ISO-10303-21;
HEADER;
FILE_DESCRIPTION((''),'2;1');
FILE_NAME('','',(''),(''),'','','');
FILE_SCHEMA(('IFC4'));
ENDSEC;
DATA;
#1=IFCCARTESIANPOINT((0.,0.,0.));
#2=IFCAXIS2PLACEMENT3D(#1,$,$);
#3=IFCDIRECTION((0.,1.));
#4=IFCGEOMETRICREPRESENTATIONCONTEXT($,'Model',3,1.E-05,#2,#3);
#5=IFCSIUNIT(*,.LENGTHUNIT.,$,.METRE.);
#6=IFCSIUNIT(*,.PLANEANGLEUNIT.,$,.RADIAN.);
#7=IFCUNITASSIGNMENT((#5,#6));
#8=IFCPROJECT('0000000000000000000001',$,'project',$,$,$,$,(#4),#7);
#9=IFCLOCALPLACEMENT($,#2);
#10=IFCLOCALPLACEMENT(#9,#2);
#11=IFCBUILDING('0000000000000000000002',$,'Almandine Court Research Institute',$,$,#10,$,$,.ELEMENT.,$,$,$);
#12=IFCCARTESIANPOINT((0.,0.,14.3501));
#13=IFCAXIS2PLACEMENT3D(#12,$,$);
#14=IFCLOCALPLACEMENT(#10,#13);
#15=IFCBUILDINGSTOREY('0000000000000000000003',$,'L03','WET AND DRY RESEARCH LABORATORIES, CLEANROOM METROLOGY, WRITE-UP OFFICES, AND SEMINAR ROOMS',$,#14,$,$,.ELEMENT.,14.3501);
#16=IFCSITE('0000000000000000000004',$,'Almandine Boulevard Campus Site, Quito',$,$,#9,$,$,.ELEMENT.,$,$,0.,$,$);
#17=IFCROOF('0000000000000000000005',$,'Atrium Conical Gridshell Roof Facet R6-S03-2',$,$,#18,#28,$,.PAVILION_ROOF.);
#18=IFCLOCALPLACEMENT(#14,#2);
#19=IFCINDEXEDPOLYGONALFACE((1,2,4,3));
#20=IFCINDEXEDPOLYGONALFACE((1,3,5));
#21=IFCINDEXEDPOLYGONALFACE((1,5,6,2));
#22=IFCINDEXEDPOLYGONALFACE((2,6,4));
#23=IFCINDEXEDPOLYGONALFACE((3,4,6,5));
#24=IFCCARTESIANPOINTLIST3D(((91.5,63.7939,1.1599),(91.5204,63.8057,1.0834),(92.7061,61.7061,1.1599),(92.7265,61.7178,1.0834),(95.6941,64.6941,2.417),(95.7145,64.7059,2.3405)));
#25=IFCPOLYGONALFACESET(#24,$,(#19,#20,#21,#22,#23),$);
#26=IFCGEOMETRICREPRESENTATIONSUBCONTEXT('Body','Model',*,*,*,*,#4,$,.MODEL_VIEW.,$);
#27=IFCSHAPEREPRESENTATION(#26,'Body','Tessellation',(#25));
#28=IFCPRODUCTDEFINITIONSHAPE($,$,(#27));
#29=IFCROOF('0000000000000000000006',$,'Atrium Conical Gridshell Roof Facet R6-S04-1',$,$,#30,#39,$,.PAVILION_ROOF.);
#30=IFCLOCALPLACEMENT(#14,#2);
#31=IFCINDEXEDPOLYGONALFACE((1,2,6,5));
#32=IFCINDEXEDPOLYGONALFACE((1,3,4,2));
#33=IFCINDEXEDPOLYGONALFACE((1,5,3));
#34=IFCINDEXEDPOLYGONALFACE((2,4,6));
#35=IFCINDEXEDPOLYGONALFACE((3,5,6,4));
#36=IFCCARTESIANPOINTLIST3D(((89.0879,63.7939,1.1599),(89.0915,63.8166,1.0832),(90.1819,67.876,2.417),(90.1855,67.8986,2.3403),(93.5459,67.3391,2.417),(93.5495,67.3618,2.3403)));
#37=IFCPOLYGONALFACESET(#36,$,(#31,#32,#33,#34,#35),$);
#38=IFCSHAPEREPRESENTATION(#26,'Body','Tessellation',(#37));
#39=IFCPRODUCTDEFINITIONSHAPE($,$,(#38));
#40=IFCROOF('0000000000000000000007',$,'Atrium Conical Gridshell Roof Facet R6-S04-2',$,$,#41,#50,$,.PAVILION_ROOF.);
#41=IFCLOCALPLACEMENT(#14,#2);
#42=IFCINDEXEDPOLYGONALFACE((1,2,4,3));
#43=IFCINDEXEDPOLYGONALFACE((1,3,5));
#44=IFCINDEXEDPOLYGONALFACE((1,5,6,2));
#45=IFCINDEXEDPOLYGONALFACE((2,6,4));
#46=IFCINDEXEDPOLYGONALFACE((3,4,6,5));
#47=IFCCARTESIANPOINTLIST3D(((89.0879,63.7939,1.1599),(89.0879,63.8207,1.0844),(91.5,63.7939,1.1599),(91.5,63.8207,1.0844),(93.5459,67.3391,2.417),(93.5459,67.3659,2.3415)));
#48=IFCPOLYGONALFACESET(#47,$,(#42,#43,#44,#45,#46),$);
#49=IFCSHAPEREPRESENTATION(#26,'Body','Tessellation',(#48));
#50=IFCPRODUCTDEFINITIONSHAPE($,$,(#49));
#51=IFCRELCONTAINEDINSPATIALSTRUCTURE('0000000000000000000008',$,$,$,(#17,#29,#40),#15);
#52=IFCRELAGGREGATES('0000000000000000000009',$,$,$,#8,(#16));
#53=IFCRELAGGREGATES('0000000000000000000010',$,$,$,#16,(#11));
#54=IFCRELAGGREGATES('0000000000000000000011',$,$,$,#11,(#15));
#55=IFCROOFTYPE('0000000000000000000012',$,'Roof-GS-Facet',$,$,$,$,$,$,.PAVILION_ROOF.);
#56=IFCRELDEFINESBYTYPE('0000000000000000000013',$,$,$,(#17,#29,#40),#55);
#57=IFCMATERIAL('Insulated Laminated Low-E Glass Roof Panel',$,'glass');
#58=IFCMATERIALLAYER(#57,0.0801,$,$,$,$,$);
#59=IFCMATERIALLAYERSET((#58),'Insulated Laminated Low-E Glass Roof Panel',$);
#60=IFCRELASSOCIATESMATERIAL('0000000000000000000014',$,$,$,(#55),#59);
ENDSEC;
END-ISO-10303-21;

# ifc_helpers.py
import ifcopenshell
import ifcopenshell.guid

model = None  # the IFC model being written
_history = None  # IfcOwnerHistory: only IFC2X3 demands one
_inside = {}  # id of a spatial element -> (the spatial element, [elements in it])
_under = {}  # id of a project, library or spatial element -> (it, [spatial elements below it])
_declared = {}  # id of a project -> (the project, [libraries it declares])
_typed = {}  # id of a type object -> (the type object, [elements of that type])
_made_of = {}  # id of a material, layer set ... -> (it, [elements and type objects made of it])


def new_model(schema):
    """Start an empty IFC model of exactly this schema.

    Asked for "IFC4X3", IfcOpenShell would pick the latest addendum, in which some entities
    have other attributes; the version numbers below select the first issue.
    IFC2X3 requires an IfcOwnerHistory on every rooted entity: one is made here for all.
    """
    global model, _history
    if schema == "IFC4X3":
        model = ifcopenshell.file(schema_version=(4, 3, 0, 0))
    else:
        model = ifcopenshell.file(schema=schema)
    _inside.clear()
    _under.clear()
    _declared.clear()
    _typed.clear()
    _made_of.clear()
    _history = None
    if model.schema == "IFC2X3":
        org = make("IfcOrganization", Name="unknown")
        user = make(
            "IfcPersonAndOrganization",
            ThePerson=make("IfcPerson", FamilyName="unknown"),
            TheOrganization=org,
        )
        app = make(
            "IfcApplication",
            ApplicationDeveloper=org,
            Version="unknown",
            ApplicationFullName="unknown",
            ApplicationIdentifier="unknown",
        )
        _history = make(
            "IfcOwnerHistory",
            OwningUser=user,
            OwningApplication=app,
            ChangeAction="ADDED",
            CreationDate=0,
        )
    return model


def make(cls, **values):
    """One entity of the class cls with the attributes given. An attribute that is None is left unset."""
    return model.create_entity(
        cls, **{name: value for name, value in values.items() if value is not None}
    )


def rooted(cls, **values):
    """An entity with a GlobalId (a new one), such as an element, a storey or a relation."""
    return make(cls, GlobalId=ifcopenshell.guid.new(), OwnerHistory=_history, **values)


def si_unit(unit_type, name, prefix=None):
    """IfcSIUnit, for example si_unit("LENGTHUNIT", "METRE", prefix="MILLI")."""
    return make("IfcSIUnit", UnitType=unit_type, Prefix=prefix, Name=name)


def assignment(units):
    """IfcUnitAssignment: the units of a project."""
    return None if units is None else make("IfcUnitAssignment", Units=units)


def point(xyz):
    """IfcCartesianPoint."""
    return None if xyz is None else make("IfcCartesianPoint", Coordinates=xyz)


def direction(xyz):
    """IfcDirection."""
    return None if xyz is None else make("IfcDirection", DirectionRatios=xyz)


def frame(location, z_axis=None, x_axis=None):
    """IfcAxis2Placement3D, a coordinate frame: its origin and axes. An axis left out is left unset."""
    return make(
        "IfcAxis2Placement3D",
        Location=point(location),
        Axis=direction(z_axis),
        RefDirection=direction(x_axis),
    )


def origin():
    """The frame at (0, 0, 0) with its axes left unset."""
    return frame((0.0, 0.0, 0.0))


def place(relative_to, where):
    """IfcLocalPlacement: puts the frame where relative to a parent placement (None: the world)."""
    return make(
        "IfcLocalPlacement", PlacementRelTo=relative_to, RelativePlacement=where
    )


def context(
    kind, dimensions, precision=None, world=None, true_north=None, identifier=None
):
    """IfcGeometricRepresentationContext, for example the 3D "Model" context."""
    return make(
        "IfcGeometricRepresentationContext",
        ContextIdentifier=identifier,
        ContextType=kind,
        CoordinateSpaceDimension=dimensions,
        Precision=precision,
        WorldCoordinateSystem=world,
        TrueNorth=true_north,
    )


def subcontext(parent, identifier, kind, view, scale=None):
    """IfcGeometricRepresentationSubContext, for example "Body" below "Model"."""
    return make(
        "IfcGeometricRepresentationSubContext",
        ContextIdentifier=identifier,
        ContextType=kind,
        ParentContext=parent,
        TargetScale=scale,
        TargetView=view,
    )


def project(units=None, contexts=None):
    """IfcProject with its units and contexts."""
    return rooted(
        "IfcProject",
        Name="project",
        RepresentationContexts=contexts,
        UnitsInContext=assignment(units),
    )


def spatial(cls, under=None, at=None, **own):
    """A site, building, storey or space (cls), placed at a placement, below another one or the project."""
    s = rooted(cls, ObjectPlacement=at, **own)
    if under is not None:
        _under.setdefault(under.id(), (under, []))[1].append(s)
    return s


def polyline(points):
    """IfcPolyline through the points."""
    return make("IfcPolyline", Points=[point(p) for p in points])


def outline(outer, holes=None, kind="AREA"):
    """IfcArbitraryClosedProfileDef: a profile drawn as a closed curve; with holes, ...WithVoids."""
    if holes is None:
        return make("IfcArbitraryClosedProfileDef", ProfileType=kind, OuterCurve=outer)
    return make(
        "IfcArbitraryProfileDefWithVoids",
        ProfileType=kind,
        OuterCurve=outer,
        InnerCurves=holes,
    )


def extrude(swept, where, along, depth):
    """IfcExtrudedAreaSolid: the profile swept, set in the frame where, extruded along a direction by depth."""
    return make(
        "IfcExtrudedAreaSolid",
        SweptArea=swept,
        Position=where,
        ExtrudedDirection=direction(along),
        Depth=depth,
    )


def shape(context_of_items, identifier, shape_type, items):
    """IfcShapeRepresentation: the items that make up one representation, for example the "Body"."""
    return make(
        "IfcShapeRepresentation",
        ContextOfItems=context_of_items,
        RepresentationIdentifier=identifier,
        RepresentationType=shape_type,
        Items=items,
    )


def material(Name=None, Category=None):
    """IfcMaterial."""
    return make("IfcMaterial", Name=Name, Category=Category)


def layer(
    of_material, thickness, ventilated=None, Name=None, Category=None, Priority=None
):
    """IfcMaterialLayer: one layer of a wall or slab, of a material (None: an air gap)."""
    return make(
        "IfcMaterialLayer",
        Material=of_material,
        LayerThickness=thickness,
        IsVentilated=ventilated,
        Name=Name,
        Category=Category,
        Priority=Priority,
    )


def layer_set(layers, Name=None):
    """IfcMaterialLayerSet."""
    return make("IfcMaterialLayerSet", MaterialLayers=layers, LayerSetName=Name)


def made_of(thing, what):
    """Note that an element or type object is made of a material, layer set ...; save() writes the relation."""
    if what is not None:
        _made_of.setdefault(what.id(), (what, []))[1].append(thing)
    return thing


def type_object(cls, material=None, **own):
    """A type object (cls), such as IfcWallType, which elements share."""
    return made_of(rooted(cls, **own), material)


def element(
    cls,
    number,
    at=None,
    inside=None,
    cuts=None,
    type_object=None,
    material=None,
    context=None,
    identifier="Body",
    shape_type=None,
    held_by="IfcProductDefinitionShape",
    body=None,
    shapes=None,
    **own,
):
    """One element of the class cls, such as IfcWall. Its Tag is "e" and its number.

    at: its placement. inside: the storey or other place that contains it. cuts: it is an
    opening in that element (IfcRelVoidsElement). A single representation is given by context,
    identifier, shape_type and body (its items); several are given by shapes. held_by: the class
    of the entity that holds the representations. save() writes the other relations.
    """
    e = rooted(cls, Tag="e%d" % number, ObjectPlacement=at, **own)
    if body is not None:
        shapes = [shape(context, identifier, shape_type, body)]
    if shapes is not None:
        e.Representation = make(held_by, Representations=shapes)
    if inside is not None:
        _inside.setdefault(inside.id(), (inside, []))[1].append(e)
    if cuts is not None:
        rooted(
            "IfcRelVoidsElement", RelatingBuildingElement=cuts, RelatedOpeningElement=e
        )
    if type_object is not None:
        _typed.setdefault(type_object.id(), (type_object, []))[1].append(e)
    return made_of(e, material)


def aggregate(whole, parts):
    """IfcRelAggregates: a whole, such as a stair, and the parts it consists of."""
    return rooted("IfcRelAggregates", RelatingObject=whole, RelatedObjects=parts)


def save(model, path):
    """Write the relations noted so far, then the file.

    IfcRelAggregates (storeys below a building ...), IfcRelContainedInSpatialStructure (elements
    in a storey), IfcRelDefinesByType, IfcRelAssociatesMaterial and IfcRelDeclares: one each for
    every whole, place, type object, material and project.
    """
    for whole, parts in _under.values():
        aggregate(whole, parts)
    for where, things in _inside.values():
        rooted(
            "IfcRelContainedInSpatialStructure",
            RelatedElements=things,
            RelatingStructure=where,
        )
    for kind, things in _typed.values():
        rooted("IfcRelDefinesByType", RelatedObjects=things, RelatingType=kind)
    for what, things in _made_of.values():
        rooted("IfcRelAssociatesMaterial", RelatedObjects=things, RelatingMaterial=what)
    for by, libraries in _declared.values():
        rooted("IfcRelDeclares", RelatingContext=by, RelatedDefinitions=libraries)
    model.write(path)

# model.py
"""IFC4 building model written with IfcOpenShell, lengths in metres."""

from ifc_helpers import new_model, si_unit, direction, frame, origin, place, context, subcontext, project, spatial, polyline, outline, extrude, material, layer, layer_set, type_object, element, save


model = new_model("IFC4")

# Units and contexts
model_context = context("Model", 3, precision=1e-05, world=origin(), true_north=direction((0.0, 1.0)))
body_context = subcontext(model_context, "Body", "Model", "MODEL_VIEW")
ifc_project = project(units=[si_unit("LENGTHUNIT", "METRE"), si_unit("PLANEANGLEUNIT", "RADIAN")], contexts=[model_context])

# Site, building, storey
site_placement = place(None, origin())
site = spatial("IfcSite", under=ifc_project, at=site_placement, Name="Almandine Boulevard Campus Site, Quito", CompositionType="ELEMENT", RefElevation=0.0)
building_placement = place(site_placement, origin())
building = spatial("IfcBuilding", under=site, at=building_placement, Name="Almandine Court Research Institute", CompositionType="ELEMENT")
storey_placement = place(building_placement, frame((0.0, 0.0, 14.3501)))
storey = spatial("IfcBuildingStorey", under=building, at=storey_placement, Name="L03", Description="WET AND DRY RESEARCH LABORATORIES, CLEANROOM METROLOGY, WRITE-UP OFFICES, AND SEMINAR ROOMS", CompositionType="ELEMENT", Elevation=14.3501)

# Roofs
ifc_material_1 = material(Name="Insulated Laminated Low-E Glass Roof Panel", Category="glass")
ifc_layer_1 = layer(ifc_material_1, 0.0801)
ifc_layer_set_1 = layer_set([ifc_layer_1], Name="Insulated Laminated Low-E Glass Roof Panel")
roof_type = type_object("IfcRoofType", Name="Roof-GS-Facet", PredefinedType="PAVILION_ROOF", material=ifc_layer_set_1)
roof_1_placement = place(storey_placement, frame((95.6941, 64.6941, 2.417), z_axis=(-0.254855, -0.147215, 0.955707), x_axis=(-0.938275, -0.201375, -0.281226)))
element("IfcRoof", 1, at=roof_1_placement, inside=storey, type_object=roof_type, Name="Atrium Conical Gridshell Roof Facet R6-S03-2", PredefinedType="PAVILION_ROOF", context=body_context, shape_type="SweptSolid", body=[
    extrude(outline(polyline([(0.0, 0.0), (4.47, 0.0), (3.7588, 2.3039), (0.0, 0.0)])), origin(), (0.0, 0.0, -1.0), 0.0801),
])
roof_2_placement = place(storey_placement, frame((93.5459, 67.3391, 2.417), z_axis=(-0.045155, -0.282942, 0.958074), x_axis=(-0.987504, 0.157596, 0.0)))
element("IfcRoof", 2, at=roof_2_placement, inside=storey, type_object=roof_type, Name="Atrium Conical Gridshell Roof Facet R6-S04-1", PredefinedType="PAVILION_ROOF", context=body_context, shape_type="SweptSolid", body=[
    extrude(outline(polyline([(0.0, 0.0), (3.4066, 0.0), (3.8436, 4.3874), (0.0, 0.0)])), origin(), (0.0, 0.0, -1.0), 0.0801),
])
roof_3_placement = place(storey_placement, frame((93.5459, 67.3391, 2.417), z_axis=(0.0, -0.334202, 0.942502), x_axis=(-0.764292, -0.607792, -0.215517)))
element("IfcRoof", 3, at=roof_3_placement, inside=storey, type_object=roof_type, Name="Atrium Conical Gridshell Roof Facet R6-S04-2", PredefinedType="PAVILION_ROOF", context=body_context, shape_type="SweptSolid", body=[
    extrude(outline(polyline([(0.0, 0.0), (5.8329, 0.0), (3.9893, 1.5555), (0.0, 0.0)])), origin(), (0.0, 0.0, -1.0), 0.0801),
])

save(model, "model.ifc")
